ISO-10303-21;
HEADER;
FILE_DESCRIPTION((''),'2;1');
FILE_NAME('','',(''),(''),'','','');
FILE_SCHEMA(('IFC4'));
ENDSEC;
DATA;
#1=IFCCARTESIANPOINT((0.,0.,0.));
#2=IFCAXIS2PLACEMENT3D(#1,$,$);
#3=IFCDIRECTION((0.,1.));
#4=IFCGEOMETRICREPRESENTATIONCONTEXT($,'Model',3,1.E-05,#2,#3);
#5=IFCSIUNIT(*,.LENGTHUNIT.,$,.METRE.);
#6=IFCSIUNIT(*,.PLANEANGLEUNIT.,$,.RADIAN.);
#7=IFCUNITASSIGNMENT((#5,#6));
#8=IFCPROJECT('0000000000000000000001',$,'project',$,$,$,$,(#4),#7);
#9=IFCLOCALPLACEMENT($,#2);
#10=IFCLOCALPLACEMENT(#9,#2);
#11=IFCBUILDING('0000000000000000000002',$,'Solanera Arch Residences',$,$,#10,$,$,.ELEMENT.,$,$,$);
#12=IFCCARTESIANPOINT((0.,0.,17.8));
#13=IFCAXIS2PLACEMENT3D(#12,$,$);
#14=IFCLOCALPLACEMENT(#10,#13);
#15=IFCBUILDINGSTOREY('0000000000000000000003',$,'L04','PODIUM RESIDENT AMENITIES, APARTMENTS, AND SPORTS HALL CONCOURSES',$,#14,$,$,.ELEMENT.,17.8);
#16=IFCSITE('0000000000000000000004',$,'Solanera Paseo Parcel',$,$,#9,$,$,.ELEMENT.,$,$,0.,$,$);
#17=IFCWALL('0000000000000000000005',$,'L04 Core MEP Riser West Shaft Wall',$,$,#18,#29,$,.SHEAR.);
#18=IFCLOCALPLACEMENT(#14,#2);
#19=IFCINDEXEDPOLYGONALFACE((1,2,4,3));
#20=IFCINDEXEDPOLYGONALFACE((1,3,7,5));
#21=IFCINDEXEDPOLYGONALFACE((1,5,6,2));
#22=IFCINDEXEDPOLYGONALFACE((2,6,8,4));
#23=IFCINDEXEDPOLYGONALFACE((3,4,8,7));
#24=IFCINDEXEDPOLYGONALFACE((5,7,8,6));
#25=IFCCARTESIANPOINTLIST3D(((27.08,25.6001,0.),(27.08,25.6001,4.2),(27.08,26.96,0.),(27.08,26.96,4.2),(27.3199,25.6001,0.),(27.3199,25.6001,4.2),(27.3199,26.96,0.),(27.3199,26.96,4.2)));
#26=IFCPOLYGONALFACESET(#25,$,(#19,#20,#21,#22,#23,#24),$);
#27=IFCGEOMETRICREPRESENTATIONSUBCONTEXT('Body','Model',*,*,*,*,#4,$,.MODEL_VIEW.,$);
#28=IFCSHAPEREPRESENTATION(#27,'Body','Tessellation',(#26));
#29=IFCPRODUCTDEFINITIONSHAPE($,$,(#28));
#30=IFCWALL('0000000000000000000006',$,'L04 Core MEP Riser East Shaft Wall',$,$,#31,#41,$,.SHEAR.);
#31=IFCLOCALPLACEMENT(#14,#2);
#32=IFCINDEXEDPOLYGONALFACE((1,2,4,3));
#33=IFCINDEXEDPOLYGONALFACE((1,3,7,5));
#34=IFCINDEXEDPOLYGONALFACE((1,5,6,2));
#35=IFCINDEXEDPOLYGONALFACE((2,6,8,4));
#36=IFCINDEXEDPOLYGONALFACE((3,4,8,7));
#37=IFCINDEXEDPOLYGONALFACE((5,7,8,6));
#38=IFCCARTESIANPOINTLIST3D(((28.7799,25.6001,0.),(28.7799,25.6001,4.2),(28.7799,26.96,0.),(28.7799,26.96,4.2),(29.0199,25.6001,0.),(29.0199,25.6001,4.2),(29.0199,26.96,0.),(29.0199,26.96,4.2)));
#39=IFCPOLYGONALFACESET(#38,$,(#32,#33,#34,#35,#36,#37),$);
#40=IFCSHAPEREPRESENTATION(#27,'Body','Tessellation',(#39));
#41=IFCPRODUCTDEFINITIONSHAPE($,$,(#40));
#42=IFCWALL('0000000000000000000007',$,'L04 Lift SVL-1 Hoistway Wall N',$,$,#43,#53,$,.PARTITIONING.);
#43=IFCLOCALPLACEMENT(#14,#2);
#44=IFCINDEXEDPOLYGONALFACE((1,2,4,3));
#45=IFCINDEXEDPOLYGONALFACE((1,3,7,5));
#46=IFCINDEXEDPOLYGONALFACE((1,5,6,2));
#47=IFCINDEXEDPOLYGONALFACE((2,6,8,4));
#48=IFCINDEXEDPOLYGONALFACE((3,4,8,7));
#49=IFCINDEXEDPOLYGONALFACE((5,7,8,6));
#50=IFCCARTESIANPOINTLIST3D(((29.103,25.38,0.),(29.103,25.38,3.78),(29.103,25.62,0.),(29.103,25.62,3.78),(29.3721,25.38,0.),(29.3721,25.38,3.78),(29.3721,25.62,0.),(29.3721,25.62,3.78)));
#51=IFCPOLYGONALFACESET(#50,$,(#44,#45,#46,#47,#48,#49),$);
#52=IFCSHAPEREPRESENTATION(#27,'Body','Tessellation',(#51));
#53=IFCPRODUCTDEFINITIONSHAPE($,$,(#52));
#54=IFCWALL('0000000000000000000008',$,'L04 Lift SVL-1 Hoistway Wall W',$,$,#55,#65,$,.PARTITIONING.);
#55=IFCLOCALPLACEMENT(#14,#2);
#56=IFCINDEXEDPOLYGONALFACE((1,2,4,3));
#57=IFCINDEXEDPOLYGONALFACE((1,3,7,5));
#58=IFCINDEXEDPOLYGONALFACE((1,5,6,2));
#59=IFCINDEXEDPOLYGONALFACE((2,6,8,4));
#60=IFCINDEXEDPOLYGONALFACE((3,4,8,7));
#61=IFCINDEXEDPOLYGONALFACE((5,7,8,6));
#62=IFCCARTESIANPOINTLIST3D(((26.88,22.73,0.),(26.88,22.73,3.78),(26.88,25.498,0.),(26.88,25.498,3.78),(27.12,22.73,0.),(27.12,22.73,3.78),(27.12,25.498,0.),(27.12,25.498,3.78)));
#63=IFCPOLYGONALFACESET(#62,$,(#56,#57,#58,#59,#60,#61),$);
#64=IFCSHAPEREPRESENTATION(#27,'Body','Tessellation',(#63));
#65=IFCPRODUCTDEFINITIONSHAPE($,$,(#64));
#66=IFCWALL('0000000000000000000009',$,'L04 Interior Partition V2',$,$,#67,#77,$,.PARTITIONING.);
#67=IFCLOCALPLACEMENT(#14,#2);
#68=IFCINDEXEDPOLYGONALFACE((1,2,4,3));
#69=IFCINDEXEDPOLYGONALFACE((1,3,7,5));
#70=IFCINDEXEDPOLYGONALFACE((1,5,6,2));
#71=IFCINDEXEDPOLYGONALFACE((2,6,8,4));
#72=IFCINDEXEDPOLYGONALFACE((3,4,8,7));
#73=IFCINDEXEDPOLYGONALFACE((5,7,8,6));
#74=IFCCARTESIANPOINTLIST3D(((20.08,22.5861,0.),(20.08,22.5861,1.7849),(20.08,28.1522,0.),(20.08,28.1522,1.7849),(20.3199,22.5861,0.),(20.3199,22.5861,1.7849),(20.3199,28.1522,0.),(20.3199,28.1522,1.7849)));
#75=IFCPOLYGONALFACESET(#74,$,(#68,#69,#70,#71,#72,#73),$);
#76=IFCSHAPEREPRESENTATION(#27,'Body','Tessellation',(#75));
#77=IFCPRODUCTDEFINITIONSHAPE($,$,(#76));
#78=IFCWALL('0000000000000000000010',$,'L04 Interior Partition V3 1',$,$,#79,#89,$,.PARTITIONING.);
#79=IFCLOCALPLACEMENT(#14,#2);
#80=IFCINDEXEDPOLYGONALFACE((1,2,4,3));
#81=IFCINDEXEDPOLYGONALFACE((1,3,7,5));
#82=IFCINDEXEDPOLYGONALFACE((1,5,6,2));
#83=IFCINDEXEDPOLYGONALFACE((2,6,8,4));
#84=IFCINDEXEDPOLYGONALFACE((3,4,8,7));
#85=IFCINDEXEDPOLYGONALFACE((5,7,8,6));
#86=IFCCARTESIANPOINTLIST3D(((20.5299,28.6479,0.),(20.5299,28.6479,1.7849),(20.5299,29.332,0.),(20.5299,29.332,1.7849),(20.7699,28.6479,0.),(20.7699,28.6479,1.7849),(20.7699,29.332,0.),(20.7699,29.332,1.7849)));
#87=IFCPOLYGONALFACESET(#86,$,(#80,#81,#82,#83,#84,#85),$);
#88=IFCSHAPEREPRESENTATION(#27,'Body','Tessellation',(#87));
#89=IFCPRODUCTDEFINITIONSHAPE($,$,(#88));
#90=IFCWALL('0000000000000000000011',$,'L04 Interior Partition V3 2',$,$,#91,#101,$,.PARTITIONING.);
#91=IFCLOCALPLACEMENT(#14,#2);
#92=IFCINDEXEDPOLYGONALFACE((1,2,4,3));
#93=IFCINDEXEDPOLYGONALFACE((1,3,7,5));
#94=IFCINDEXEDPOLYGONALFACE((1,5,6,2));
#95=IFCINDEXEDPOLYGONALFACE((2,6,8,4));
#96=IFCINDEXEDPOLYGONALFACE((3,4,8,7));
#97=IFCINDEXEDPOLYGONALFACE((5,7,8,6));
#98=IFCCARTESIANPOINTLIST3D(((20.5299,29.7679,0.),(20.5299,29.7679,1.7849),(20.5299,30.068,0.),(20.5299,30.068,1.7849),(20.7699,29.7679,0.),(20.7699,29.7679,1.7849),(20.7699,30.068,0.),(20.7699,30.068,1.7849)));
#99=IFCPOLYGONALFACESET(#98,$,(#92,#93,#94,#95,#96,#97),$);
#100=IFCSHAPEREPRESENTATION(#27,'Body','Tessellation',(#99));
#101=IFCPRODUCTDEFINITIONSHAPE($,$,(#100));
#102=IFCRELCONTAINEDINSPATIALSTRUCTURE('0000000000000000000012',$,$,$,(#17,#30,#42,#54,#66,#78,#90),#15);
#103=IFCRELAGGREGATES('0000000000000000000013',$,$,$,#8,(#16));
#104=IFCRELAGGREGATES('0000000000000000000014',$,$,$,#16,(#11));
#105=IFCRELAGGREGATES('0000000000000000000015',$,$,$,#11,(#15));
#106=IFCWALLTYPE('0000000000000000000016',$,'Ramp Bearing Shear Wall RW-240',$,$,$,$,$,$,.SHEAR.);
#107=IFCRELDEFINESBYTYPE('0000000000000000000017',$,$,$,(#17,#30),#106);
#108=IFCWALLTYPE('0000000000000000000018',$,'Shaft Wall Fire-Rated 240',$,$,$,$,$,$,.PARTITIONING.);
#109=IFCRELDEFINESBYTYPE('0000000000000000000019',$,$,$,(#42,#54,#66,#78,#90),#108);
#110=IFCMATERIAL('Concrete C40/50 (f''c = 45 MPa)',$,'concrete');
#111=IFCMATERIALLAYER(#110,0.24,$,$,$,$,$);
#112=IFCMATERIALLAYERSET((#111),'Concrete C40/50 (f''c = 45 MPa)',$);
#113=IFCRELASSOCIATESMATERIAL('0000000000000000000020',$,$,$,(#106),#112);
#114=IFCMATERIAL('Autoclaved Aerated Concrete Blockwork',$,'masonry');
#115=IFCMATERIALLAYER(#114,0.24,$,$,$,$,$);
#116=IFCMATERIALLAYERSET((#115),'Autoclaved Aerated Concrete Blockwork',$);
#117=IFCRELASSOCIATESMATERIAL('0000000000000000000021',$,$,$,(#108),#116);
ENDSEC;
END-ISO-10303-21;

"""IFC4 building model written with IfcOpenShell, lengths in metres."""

from ifc_helpers import new_model, si_unit, direction, frame, frame_2d, origin, place, context, subcontext, project, spatial, rectangle, extrude, material, layer, layer_set, type_object, element, save


model = new_model("IFC4")

# Units and contexts
model_context = context("Model", 3, precision=1e-05, world=origin(), true_north=direction((0.0, 1.0)))
body_context = subcontext(model_context, "Body", "Model", "MODEL_VIEW")
ifc_project = project(units=[si_unit("LENGTHUNIT", "METRE"), si_unit("PLANEANGLEUNIT", "RADIAN")], contexts=[model_context])

# Site, building, storey
site_placement = place(None, origin())
site = spatial("IfcSite", under=ifc_project, at=site_placement, Name="Solanera Paseo Parcel", CompositionType="ELEMENT", RefElevation=0.0)
building_placement = place(site_placement, origin())
building = spatial("IfcBuilding", under=site, at=building_placement, Name="Solanera Arch Residences", CompositionType="ELEMENT")
storey_placement = place(building_placement, frame((0.0, 0.0, 17.8)))
storey = spatial("IfcBuildingStorey", under=building, at=storey_placement, Name="L04", Description="PODIUM RESIDENT AMENITIES, APARTMENTS, AND SPORTS HALL CONCOURSES", CompositionType="ELEMENT", Elevation=17.8)

# Walls
ifc_material_1 = material(Name="Concrete C40/50 (f'c = 45 MPa)", Category="concrete")
ifc_layer_1 = layer(ifc_material_1, 0.24)
ifc_layer_set_1 = layer_set([ifc_layer_1], Name="Concrete C40/50 (f'c = 45 MPa)")
wall_type_1 = type_object("IfcWallType", Name="Ramp Bearing Shear Wall RW-240", PredefinedType="SHEAR", material=ifc_layer_set_1)
for number, where, z_axis, x_axis, name in (
    (1, (27.2, 25.6001, 0.0), (0.0, 0.0, 1.0), (0.0, 1.0, 0.0), "L04 Core MEP Riser West Shaft Wall"),
    (2, (28.8999, 25.6001, 0.0), (0.0, 0.0, 1.0), (0.0, 1.0, 0.0), "L04 Core MEP Riser East Shaft Wall"),
):
    element("IfcWall", number, at=place(storey_placement, frame(where, z_axis=z_axis, x_axis=x_axis)), inside=storey, type_object=wall_type_1, Name=name, PredefinedType="SHEAR", context=body_context, shape_type="SweptSolid", body=[
        extrude(rectangle(XDim=1.3599, YDim=0.24, at=frame_2d((0.6799, 0.0))), origin(), (0.0, 0.0, 1.0), 4.2),
    ])
ifc_material_2 = material(Name="Autoclaved Aerated Concrete Blockwork", Category="masonry")
ifc_layer_2 = layer(ifc_material_2, 0.24)
ifc_layer_set_2 = layer_set([ifc_layer_2], Name="Autoclaved Aerated Concrete Blockwork")
wall_type_2 = type_object("IfcWallType", Name="Shaft Wall Fire-Rated 240", PredefinedType="PARTITIONING", material=ifc_layer_set_2)
wall_1_placement = place(storey_placement, frame((29.103, 25.5, 0.0), z_axis=(0.0, 0.0, 1.0), x_axis=(1.0, 0.0, 0.0)))
element("IfcWall", 3, at=wall_1_placement, inside=storey, type_object=wall_type_2, Name="L04 Lift SVL-1 Hoistway Wall N", PredefinedType="PARTITIONING", context=body_context, shape_type="SweptSolid", body=[
    extrude(rectangle(XDim=0.269, YDim=0.24, at=frame_2d((0.1345, 0.0))), origin(), (0.0, 0.0, 1.0), 3.78),
])
wall_2_placement = place(storey_placement, frame((27.0, 22.73, 0.0), z_axis=(0.0, 0.0, 1.0), x_axis=(0.0, 1.0, 0.0)))
element("IfcWall", 4, at=wall_2_placement, inside=storey, type_object=wall_type_2, Name="L04 Lift SVL-1 Hoistway Wall W", PredefinedType="PARTITIONING", context=body_context, shape_type="SweptSolid", body=[
    extrude(rectangle(XDim=2.7681, YDim=0.24, at=frame_2d((1.384, 0.0))), origin(), (0.0, 0.0, 1.0), 3.78),
])
wall_3_placement = place(storey_placement, frame((20.2, 22.5859, 0.0), z_axis=(0.0, 0.0, 1.0), x_axis=(0.0, 1.0, 0.0)))
element("IfcWall", 5, at=wall_3_placement, inside=storey, type_object=wall_type_2, Name="L04 Interior Partition V2", PredefinedType="PARTITIONING", context=body_context, shape_type="SweptSolid", body=[
    extrude(rectangle(XDim=5.5662, YDim=0.24, at=frame_2d((2.7832, 0.0))), origin(), (0.0, 0.0, 1.0), 1.7849),
])
wall_4_placement = place(storey_placement, frame((20.6499, 28.6479, 0.0), z_axis=(0.0, 0.0, 1.0), x_axis=(0.0, 1.0, 0.0)))
element("IfcWall", 6, at=wall_4_placement, inside=storey, type_object=wall_type_2, Name="L04 Interior Partition V3 1", PredefinedType="PARTITIONING", context=body_context, shape_type="SweptSolid", body=[
    extrude(rectangle(XDim=0.6841, YDim=0.24, at=frame_2d((0.342, 0.0))), origin(), (0.0, 0.0, 1.0), 1.7849),
])
wall_5_placement = place(storey_placement, frame((20.6499, 29.7681, 0.0), z_axis=(0.0, 0.0, 1.0), x_axis=(0.0, 1.0, 0.0)))
element("IfcWall", 7, at=wall_5_placement, inside=storey, type_object=wall_type_2, Name="L04 Interior Partition V3 2", PredefinedType="PARTITIONING", context=body_context, shape_type="SweptSolid", body=[
    extrude(rectangle(XDim=0.3, YDim=0.24, at=frame_2d((0.1499, 0.0))), origin(), (0.0, 0.0, 1.0), 1.7849),
])

save(model, "model.ifc")
